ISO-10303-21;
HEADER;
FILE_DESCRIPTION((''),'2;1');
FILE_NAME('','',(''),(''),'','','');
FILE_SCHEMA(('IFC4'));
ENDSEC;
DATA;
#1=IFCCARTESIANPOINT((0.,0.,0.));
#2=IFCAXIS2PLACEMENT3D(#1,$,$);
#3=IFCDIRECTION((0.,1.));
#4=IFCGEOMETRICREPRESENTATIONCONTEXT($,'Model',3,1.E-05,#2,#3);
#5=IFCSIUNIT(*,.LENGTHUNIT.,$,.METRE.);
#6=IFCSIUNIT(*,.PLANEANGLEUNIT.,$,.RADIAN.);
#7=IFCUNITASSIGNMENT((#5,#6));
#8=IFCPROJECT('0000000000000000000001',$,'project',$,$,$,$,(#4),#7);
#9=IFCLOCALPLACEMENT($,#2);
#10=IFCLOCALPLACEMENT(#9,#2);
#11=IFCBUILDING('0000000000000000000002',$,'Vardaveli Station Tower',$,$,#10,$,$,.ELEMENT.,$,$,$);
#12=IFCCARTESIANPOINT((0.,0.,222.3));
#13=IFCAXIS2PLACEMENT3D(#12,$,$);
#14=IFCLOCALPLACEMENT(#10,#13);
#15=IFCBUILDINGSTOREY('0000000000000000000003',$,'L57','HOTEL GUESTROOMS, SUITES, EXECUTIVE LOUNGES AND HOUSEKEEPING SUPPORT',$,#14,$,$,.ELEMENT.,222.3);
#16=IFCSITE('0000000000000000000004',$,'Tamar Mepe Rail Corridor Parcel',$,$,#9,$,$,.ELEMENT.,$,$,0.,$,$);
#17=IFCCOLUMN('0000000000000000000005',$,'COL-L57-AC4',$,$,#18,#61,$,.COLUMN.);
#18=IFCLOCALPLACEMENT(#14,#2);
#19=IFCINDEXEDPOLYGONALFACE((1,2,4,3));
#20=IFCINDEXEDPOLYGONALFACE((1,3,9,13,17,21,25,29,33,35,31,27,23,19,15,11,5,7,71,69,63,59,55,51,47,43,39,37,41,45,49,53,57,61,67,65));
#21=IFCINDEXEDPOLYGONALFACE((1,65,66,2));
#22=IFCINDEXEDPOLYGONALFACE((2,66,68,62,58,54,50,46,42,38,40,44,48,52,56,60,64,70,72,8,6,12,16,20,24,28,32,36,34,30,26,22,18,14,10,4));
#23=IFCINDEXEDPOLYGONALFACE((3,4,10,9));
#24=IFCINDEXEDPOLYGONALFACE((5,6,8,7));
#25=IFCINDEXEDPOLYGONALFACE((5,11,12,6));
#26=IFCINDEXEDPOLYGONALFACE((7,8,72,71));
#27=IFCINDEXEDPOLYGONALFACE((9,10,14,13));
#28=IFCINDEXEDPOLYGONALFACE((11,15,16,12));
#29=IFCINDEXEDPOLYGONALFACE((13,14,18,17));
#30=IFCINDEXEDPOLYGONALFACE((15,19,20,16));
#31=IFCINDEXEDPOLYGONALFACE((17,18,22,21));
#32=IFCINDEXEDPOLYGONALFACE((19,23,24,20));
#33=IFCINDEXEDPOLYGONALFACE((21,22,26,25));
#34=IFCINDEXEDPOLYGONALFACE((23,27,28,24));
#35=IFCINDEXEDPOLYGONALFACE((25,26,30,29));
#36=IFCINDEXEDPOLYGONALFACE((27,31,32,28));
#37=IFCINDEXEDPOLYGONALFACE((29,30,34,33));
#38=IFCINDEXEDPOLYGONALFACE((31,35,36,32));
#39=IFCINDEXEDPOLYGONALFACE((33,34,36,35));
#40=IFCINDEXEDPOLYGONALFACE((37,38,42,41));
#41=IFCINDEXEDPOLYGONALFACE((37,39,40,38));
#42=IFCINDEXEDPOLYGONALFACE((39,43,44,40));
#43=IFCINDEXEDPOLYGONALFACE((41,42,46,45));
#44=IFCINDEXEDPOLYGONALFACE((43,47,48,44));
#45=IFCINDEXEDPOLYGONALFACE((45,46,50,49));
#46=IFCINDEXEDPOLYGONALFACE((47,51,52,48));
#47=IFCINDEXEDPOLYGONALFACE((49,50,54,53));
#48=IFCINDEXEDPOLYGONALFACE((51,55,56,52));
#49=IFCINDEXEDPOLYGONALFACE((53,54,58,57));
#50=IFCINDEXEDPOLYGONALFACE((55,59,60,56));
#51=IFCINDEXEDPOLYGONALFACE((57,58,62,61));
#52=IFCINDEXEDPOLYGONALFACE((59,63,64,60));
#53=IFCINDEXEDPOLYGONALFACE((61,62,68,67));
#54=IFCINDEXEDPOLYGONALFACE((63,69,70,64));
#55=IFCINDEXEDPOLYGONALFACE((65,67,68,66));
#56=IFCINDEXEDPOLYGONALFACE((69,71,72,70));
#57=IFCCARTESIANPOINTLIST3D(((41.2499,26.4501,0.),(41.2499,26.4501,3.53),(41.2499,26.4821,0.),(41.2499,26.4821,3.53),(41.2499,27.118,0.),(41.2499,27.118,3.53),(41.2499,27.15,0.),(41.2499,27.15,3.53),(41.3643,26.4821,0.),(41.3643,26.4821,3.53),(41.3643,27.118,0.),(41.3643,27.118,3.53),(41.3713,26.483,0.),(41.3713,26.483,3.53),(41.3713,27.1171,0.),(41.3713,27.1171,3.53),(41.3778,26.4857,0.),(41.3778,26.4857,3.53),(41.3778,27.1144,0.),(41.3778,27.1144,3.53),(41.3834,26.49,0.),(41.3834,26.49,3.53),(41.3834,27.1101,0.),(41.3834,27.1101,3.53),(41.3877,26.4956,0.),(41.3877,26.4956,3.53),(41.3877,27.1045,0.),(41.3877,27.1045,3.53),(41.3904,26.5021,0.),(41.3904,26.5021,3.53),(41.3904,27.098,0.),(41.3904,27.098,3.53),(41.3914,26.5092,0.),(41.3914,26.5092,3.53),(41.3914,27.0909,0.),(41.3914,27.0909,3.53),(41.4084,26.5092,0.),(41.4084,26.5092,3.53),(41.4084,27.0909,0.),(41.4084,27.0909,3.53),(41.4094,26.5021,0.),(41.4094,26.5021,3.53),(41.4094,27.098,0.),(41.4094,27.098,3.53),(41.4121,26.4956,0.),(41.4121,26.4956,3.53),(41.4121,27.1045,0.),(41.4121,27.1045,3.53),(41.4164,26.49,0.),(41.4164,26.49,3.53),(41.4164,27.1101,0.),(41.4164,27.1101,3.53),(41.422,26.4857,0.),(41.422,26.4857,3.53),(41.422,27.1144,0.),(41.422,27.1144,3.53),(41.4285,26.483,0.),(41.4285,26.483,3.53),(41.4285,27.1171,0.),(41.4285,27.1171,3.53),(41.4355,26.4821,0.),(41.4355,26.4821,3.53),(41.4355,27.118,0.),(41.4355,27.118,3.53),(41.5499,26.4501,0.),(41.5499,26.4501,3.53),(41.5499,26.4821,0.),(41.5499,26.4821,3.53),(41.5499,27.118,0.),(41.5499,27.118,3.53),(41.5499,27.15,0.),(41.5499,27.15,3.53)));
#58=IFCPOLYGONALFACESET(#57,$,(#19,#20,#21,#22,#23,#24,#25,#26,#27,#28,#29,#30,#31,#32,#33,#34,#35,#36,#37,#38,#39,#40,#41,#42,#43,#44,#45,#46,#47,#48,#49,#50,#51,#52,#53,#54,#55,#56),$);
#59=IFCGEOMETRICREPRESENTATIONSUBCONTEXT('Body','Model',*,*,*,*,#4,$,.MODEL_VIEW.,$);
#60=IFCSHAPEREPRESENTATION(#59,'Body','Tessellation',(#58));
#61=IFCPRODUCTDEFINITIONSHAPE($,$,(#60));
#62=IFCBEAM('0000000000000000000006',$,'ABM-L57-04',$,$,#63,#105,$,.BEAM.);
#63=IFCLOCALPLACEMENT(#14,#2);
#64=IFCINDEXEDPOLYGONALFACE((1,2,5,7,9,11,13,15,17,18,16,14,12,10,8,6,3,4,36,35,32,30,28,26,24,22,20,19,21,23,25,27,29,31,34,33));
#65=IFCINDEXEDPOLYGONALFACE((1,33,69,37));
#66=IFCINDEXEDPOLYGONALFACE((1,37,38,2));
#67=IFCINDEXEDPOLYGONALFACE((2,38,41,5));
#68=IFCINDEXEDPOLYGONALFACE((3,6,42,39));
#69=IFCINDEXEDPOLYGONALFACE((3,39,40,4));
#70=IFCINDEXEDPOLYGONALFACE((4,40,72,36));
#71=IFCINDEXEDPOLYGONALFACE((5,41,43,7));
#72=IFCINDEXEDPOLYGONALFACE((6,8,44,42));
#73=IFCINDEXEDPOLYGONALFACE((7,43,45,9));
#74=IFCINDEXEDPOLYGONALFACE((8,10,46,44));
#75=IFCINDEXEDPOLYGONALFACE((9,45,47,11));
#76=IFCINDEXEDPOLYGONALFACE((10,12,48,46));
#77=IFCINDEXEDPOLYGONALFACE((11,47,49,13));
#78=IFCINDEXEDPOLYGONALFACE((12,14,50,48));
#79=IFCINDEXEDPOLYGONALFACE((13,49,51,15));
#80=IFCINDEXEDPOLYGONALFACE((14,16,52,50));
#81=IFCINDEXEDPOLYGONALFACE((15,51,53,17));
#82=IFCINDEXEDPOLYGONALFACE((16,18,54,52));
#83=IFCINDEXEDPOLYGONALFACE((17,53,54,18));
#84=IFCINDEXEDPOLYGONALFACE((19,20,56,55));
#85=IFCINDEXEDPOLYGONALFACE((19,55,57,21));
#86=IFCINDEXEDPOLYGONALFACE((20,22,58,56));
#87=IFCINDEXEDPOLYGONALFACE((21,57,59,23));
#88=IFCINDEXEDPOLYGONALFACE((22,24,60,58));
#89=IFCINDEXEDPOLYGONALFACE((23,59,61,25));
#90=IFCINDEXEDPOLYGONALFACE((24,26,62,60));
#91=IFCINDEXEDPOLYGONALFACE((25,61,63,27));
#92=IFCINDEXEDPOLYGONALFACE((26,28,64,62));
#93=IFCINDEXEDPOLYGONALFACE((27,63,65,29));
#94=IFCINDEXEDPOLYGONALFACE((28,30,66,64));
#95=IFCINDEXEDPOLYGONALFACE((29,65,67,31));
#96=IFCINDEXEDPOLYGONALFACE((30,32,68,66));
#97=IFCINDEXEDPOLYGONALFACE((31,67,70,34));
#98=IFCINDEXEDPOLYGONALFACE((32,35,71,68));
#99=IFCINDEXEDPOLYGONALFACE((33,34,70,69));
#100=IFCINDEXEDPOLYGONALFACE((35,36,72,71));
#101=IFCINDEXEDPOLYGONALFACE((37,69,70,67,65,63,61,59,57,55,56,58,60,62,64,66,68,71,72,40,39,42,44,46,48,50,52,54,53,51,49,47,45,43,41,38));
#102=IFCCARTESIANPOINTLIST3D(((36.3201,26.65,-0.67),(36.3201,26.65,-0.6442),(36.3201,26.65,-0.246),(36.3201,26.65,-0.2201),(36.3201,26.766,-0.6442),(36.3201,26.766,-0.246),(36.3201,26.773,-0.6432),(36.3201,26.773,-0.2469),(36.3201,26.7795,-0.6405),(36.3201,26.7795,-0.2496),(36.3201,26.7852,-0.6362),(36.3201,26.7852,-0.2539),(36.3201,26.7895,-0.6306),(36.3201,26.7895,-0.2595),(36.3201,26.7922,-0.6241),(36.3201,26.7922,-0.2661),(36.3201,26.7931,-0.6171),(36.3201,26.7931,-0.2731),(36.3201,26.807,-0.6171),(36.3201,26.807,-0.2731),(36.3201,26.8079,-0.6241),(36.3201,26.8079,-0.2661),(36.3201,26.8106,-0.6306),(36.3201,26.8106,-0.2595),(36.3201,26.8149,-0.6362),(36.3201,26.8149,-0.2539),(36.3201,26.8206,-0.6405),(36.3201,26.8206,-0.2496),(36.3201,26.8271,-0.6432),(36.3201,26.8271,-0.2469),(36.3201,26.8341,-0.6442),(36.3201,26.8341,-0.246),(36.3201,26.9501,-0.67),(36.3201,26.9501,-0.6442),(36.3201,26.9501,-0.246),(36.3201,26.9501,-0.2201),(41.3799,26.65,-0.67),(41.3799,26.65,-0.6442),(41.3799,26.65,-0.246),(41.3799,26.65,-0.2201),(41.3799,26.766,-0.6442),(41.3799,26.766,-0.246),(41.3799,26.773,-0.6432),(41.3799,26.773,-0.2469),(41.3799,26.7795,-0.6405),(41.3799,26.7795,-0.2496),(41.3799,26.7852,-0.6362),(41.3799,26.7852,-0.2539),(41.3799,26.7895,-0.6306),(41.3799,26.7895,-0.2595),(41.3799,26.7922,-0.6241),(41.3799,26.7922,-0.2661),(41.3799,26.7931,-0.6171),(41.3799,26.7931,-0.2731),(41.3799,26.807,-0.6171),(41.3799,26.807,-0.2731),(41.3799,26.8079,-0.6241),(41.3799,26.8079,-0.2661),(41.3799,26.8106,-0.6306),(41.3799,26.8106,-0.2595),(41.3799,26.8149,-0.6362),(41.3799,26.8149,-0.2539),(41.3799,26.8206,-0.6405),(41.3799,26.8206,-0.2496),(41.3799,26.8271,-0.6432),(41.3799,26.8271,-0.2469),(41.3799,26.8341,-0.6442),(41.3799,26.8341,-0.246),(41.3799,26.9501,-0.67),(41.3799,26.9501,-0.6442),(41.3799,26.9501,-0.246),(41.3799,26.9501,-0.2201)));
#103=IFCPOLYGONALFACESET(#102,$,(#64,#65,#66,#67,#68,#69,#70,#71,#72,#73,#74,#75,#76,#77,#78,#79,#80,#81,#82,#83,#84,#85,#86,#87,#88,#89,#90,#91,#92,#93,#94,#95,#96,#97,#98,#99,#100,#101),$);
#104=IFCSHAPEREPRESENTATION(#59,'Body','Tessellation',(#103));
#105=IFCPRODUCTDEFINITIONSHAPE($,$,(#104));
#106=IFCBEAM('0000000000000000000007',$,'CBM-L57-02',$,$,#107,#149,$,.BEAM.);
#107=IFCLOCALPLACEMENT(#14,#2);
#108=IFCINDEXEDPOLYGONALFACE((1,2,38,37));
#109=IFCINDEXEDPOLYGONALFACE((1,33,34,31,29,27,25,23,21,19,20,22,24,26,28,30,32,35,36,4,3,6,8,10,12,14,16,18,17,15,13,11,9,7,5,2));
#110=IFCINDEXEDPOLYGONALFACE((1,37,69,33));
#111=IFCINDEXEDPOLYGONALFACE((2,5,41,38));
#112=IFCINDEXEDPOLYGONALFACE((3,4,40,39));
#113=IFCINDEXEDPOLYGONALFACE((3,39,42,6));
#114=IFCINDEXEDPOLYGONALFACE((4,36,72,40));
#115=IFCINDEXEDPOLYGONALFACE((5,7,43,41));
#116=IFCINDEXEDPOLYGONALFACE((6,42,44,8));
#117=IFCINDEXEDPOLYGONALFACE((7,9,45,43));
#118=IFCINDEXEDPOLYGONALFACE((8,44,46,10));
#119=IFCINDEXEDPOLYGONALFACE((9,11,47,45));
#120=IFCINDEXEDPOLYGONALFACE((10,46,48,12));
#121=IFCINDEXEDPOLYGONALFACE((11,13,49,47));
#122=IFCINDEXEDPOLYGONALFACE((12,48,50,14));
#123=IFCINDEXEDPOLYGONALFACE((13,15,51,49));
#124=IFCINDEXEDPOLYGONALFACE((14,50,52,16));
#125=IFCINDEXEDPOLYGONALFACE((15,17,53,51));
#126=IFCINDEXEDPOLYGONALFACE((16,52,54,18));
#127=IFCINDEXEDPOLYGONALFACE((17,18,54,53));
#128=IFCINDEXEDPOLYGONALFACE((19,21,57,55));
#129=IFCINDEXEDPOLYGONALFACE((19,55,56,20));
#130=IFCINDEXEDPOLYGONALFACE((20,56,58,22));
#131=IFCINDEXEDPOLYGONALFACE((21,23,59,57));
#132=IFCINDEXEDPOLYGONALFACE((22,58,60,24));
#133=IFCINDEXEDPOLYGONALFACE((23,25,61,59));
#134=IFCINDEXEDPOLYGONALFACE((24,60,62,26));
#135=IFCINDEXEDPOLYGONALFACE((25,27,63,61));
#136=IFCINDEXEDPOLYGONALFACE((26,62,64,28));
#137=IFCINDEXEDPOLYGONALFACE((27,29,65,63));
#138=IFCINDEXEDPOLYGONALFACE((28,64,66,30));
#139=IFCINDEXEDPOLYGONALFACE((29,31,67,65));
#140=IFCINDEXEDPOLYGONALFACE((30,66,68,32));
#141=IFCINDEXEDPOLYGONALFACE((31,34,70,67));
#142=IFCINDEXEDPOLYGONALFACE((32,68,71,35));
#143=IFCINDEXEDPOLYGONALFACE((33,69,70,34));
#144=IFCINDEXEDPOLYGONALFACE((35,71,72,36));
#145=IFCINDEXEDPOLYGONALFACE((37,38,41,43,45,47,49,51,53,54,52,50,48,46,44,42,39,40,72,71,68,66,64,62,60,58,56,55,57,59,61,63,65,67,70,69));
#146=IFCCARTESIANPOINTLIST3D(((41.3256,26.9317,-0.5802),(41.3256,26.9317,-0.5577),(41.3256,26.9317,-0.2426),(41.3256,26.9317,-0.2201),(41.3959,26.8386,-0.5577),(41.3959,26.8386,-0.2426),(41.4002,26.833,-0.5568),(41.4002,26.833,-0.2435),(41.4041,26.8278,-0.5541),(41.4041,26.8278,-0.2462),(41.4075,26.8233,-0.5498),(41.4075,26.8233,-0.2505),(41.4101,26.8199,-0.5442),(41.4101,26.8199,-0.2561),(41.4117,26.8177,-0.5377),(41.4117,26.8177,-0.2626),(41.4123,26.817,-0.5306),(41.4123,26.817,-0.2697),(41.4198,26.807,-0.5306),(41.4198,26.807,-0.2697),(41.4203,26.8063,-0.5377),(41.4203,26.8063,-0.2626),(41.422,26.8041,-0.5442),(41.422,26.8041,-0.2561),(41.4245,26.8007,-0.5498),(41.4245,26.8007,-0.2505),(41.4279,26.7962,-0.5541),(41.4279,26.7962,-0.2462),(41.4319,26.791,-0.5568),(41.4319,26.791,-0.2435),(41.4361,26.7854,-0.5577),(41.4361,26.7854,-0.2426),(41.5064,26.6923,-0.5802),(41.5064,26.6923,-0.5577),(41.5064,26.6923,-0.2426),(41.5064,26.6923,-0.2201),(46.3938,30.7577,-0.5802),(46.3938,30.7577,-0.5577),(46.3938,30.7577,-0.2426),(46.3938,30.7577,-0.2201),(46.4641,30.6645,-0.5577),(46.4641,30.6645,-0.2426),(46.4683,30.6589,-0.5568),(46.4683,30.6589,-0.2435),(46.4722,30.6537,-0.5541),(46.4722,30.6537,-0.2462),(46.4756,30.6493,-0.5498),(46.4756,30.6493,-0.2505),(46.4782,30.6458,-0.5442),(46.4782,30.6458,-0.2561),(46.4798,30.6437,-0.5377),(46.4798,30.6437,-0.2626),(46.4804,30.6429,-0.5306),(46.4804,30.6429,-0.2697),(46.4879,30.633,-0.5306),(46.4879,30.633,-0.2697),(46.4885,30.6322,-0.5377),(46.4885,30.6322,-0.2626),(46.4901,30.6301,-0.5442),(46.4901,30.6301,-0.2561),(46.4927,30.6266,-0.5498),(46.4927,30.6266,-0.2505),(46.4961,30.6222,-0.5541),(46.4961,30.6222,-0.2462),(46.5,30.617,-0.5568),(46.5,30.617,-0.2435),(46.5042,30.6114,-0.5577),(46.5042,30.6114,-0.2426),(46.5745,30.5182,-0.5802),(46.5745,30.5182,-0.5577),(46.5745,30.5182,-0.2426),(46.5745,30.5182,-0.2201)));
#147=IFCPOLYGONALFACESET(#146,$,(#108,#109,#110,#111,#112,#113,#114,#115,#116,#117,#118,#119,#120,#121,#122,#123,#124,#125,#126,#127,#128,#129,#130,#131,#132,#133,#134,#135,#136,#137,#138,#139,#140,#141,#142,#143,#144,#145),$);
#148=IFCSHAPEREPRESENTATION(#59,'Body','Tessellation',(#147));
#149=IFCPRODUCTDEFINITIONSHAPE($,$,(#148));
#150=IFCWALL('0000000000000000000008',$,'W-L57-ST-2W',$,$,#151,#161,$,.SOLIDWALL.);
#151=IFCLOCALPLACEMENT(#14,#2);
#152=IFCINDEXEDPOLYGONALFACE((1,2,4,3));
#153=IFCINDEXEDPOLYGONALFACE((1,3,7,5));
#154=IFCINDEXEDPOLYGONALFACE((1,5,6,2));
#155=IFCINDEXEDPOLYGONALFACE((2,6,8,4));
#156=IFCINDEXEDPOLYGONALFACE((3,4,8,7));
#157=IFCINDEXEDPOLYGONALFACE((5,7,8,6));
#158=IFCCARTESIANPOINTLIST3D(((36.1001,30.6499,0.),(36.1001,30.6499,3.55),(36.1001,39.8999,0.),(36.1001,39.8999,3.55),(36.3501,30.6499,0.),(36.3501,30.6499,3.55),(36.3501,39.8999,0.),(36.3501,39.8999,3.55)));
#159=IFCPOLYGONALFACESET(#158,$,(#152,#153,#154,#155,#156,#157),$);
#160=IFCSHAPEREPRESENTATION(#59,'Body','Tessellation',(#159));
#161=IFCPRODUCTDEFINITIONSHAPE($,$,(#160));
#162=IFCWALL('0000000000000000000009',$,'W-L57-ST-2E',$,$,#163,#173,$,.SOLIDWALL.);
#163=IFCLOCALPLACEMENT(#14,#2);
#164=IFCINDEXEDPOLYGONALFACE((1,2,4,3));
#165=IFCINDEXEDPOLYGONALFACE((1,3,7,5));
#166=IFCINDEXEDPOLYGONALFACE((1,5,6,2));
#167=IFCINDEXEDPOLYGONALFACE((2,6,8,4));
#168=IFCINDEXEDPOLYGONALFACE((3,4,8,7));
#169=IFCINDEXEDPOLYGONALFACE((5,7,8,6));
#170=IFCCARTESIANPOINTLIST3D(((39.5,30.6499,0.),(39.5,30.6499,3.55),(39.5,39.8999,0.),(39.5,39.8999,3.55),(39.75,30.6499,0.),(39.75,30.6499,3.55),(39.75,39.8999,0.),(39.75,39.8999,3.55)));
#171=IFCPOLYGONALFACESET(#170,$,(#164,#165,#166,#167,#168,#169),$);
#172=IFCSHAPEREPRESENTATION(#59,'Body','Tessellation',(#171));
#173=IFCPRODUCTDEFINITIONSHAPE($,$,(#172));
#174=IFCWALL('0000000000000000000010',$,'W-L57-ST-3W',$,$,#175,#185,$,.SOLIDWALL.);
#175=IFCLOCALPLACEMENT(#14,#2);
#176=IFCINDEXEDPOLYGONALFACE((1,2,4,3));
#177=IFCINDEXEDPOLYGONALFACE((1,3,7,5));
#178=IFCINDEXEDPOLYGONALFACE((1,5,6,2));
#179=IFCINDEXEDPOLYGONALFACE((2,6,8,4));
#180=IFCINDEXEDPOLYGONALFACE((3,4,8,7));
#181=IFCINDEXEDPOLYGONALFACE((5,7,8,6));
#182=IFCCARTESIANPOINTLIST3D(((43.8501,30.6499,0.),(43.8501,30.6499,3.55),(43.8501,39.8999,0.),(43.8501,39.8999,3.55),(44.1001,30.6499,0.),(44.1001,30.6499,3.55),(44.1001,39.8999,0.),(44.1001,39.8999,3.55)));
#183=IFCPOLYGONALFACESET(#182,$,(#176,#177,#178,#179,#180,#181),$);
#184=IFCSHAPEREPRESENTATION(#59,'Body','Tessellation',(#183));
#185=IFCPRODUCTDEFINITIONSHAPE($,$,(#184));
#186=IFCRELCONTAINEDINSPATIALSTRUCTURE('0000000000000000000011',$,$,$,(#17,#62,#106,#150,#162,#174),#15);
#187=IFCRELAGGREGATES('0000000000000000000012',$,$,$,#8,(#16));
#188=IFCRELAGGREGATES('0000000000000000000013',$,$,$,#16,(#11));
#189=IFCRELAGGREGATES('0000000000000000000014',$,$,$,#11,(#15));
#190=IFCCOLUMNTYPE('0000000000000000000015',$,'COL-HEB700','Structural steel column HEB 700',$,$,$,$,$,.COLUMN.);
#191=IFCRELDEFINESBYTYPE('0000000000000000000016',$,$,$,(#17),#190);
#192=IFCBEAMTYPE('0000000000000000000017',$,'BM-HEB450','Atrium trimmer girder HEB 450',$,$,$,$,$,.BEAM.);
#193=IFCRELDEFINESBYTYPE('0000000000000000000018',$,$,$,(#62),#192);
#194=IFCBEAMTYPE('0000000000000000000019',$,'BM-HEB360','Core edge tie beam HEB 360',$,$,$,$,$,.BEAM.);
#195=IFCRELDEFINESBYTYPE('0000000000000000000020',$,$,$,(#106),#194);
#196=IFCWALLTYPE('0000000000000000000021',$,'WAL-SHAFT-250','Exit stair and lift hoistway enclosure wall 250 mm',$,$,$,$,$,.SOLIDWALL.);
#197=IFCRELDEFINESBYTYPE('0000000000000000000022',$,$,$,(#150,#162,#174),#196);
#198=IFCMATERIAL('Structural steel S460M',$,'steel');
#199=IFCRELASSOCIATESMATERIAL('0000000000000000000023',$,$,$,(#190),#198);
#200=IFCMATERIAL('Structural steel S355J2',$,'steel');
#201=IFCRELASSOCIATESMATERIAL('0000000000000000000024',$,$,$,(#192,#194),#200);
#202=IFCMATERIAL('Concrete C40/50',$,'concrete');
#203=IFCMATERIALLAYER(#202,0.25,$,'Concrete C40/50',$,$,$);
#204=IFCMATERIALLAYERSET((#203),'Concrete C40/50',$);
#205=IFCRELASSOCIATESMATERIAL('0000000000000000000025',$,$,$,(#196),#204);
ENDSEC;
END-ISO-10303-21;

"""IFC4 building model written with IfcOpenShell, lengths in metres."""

from ifc_helpers import new_model, si_unit, direction, frame, frame_2d, origin, origin_2d, place, context, subcontext, project, spatial, rectangle, i_section, extrude, source, transform, mapped, material, layer, layer_set, material_profile, profile_set, type_object, element, save


model = new_model("IFC4")

# Units and contexts
model_context = context("Model", 3, precision=1e-05, world=origin(), true_north=direction((0.0, 1.0)))
body_context = subcontext(model_context, "Body", "Model", "MODEL_VIEW")
ifc_project = project(units=[si_unit("LENGTHUNIT", "METRE"), si_unit("PLANEANGLEUNIT", "RADIAN")], contexts=[model_context])

# Site, building, storey
site_placement = place(None, origin())
site = spatial("IfcSite", under=ifc_project, at=site_placement, Name="Tamar Mepe Rail Corridor Parcel", CompositionType="ELEMENT", RefElevation=0.0)
building_placement = place(site_placement, origin())
building = spatial("IfcBuilding", under=site, at=building_placement, Name="Vardaveli Station Tower", CompositionType="ELEMENT")
storey_placement = place(building_placement, frame((0.0, 0.0, 222.3)))
storey = spatial("IfcBuildingStorey", under=building, at=storey_placement, Name="L57", Description="HOTEL GUESTROOMS, SUITES, EXECUTIVE LOUNGES AND HOUSEKEEPING SUPPORT", CompositionType="ELEMENT", Elevation=222.3)

# Column
ifc_material_1 = material(Name="Structural steel S460M", Category="steel")
ifc_material_profile_1 = material_profile(ifc_material_1, i_section(OverallWidth=0.3, OverallDepth=0.7, WebThickness=0.0171, FlangeThickness=0.032, FilletRadius=0.0271, at=origin_2d()), Name="HEB 700")
ifc_profile_set_1 = profile_set([ifc_material_profile_1], Name="Structural steel S460M")
column_type = type_object("IfcColumnType", Name="COL-HEB700", Description="Structural steel column HEB 700", PredefinedType="COLUMN", material=ifc_profile_set_1)
shared_shape_1 = source(origin(), body_context, "Body", "SweptSolid", [
    extrude(i_section(OverallWidth=0.3, OverallDepth=0.7, WebThickness=0.0171, FlangeThickness=0.032, FilletRadius=0.0271, at=origin_2d()), origin(), (0.0, 0.0, 1.0), 3.53),
])
column_placement = place(storey_placement, frame((41.3999, 26.8, 0.0), z_axis=(0.0, 0.0, 1.0), x_axis=(1.0, 0.0, 0.0)))
element("IfcColumn", 1, at=column_placement, inside=storey, type_object=column_type, Name="COL-L57-AC4", PredefinedType="COLUMN", context=body_context, shape_type="MappedRepresentation", body=[
    mapped(shared_shape_1, transform((0.0, 0.0, 0.0), scale=1.0)),
])

# Beams
ifc_material_2 = material(Name="Structural steel S355J2", Category="steel")
ifc_material_profile_2 = material_profile(ifc_material_2, i_section(OverallWidth=0.3, OverallDepth=0.45, WebThickness=0.0139, FlangeThickness=0.0259, FilletRadius=0.0271, at=origin_2d()), Name="HEB 450")
ifc_profile_set_2 = profile_set([ifc_material_profile_2], Name="Structural steel S355J2")
beam_type_1 = type_object("IfcBeamType", Name="BM-HEB450", Description="Atrium trimmer girder HEB 450", PredefinedType="BEAM", material=ifc_profile_set_2)
shared_shape_2 = source(origin(), body_context, "Body", "SweptSolid", [
    extrude(i_section(OverallWidth=0.3, OverallDepth=0.45, WebThickness=0.0139, FlangeThickness=0.0259, FilletRadius=0.0271, at=origin_2d()), origin(), (0.0, 0.0, 1.0), 5.0598),
])
beam_1_placement = place(storey_placement, frame((41.3799, 26.8, -0.4451), z_axis=(-1.0, 0.0, 0.0), x_axis=(0.0, -1.0, 0.0)))
element("IfcBeam", 2, at=beam_1_placement, inside=storey, type_object=beam_type_1, Name="ABM-L57-04", PredefinedType="BEAM", context=body_context, shape_type="MappedRepresentation", body=[
    mapped(shared_shape_2, transform((0.0, 0.0, 0.0), scale=1.0)),
])
ifc_material_profile_3 = material_profile(ifc_material_2, i_section(OverallWidth=0.3, OverallDepth=0.3601, WebThickness=0.0125, FlangeThickness=0.0225, FilletRadius=0.0271, at=origin_2d()), Name="HEB 360")
ifc_profile_set_3 = profile_set([ifc_material_profile_3], Name="Structural steel S355J2")
beam_type_2 = type_object("IfcBeamType", Name="BM-HEB360", Description="Core edge tie beam HEB 360", PredefinedType="BEAM", material=ifc_profile_set_3)
shared_shape_3 = source(origin(), body_context, "Body", "SweptSolid", [
    extrude(i_section(OverallWidth=0.3, OverallDepth=0.3601, WebThickness=0.0125, FlangeThickness=0.0225, FilletRadius=0.0271, at=origin_2d()), origin(), (0.0, 0.0, 1.0), 6.3501),
])
beam_2_placement = place(storey_placement, frame((41.416, 26.812, -0.4001), z_axis=(0.798118, 0.602501, 0.0), x_axis=(-0.602501, 0.798118, 0.0)))
element("IfcBeam", 3, at=beam_2_placement, inside=storey, type_object=beam_type_2, Name="CBM-L57-02", PredefinedType="BEAM", context=body_context, shape_type="MappedRepresentation", body=[
    mapped(shared_shape_3, transform((0.0, 0.0, 0.0), scale=1.0)),
])

# Walls
ifc_material_3 = material(Name="Concrete C40/50", Category="concrete")
ifc_layer_1 = layer(ifc_material_3, 0.25, Name="Concrete C40/50")
ifc_layer_set_1 = layer_set([ifc_layer_1], Name="Concrete C40/50")
wall_type_1 = type_object("IfcWallType", Name="WAL-SHAFT-250", Description="Exit stair and lift hoistway enclosure wall 250 mm", PredefinedType="SOLIDWALL", material=ifc_layer_set_1)
shared_shape_4 = source(origin(), body_context, "Body", "SweptSolid", [
    extrude(rectangle(XDim=9.25, YDim=0.25, at=frame_2d((4.625, 0.0))), origin(), (0.0, 0.0, 1.0), 3.55),
])
for number, where, z_axis, x_axis, name in (
    (4, (36.2251, 30.6499, 0.0), (0.0, 0.0, 1.0), (0.0, 1.0, 0.0), "W-L57-ST-2W"),
    (5, (39.625, 30.6499, 0.0), (0.0, 0.0, 1.0), (0.0, 1.0, 0.0), "W-L57-ST-2E"),
    (6, (43.9751, 30.6499, 0.0), (0.0, 0.0, 1.0), (0.0, 1.0, 0.0), "W-L57-ST-3W"),
):
    element("IfcWall", number, at=place(storey_placement, frame(where, z_axis=z_axis, x_axis=x_axis)), inside=storey, type_object=wall_type_1, Name=name, PredefinedType="SOLIDWALL", context=body_context, shape_type="MappedRepresentation", body=[
        mapped(shared_shape_4, transform((0.0, 0.0, 0.0), scale=1.0)),
    ])

save(model, "model.ifc")
